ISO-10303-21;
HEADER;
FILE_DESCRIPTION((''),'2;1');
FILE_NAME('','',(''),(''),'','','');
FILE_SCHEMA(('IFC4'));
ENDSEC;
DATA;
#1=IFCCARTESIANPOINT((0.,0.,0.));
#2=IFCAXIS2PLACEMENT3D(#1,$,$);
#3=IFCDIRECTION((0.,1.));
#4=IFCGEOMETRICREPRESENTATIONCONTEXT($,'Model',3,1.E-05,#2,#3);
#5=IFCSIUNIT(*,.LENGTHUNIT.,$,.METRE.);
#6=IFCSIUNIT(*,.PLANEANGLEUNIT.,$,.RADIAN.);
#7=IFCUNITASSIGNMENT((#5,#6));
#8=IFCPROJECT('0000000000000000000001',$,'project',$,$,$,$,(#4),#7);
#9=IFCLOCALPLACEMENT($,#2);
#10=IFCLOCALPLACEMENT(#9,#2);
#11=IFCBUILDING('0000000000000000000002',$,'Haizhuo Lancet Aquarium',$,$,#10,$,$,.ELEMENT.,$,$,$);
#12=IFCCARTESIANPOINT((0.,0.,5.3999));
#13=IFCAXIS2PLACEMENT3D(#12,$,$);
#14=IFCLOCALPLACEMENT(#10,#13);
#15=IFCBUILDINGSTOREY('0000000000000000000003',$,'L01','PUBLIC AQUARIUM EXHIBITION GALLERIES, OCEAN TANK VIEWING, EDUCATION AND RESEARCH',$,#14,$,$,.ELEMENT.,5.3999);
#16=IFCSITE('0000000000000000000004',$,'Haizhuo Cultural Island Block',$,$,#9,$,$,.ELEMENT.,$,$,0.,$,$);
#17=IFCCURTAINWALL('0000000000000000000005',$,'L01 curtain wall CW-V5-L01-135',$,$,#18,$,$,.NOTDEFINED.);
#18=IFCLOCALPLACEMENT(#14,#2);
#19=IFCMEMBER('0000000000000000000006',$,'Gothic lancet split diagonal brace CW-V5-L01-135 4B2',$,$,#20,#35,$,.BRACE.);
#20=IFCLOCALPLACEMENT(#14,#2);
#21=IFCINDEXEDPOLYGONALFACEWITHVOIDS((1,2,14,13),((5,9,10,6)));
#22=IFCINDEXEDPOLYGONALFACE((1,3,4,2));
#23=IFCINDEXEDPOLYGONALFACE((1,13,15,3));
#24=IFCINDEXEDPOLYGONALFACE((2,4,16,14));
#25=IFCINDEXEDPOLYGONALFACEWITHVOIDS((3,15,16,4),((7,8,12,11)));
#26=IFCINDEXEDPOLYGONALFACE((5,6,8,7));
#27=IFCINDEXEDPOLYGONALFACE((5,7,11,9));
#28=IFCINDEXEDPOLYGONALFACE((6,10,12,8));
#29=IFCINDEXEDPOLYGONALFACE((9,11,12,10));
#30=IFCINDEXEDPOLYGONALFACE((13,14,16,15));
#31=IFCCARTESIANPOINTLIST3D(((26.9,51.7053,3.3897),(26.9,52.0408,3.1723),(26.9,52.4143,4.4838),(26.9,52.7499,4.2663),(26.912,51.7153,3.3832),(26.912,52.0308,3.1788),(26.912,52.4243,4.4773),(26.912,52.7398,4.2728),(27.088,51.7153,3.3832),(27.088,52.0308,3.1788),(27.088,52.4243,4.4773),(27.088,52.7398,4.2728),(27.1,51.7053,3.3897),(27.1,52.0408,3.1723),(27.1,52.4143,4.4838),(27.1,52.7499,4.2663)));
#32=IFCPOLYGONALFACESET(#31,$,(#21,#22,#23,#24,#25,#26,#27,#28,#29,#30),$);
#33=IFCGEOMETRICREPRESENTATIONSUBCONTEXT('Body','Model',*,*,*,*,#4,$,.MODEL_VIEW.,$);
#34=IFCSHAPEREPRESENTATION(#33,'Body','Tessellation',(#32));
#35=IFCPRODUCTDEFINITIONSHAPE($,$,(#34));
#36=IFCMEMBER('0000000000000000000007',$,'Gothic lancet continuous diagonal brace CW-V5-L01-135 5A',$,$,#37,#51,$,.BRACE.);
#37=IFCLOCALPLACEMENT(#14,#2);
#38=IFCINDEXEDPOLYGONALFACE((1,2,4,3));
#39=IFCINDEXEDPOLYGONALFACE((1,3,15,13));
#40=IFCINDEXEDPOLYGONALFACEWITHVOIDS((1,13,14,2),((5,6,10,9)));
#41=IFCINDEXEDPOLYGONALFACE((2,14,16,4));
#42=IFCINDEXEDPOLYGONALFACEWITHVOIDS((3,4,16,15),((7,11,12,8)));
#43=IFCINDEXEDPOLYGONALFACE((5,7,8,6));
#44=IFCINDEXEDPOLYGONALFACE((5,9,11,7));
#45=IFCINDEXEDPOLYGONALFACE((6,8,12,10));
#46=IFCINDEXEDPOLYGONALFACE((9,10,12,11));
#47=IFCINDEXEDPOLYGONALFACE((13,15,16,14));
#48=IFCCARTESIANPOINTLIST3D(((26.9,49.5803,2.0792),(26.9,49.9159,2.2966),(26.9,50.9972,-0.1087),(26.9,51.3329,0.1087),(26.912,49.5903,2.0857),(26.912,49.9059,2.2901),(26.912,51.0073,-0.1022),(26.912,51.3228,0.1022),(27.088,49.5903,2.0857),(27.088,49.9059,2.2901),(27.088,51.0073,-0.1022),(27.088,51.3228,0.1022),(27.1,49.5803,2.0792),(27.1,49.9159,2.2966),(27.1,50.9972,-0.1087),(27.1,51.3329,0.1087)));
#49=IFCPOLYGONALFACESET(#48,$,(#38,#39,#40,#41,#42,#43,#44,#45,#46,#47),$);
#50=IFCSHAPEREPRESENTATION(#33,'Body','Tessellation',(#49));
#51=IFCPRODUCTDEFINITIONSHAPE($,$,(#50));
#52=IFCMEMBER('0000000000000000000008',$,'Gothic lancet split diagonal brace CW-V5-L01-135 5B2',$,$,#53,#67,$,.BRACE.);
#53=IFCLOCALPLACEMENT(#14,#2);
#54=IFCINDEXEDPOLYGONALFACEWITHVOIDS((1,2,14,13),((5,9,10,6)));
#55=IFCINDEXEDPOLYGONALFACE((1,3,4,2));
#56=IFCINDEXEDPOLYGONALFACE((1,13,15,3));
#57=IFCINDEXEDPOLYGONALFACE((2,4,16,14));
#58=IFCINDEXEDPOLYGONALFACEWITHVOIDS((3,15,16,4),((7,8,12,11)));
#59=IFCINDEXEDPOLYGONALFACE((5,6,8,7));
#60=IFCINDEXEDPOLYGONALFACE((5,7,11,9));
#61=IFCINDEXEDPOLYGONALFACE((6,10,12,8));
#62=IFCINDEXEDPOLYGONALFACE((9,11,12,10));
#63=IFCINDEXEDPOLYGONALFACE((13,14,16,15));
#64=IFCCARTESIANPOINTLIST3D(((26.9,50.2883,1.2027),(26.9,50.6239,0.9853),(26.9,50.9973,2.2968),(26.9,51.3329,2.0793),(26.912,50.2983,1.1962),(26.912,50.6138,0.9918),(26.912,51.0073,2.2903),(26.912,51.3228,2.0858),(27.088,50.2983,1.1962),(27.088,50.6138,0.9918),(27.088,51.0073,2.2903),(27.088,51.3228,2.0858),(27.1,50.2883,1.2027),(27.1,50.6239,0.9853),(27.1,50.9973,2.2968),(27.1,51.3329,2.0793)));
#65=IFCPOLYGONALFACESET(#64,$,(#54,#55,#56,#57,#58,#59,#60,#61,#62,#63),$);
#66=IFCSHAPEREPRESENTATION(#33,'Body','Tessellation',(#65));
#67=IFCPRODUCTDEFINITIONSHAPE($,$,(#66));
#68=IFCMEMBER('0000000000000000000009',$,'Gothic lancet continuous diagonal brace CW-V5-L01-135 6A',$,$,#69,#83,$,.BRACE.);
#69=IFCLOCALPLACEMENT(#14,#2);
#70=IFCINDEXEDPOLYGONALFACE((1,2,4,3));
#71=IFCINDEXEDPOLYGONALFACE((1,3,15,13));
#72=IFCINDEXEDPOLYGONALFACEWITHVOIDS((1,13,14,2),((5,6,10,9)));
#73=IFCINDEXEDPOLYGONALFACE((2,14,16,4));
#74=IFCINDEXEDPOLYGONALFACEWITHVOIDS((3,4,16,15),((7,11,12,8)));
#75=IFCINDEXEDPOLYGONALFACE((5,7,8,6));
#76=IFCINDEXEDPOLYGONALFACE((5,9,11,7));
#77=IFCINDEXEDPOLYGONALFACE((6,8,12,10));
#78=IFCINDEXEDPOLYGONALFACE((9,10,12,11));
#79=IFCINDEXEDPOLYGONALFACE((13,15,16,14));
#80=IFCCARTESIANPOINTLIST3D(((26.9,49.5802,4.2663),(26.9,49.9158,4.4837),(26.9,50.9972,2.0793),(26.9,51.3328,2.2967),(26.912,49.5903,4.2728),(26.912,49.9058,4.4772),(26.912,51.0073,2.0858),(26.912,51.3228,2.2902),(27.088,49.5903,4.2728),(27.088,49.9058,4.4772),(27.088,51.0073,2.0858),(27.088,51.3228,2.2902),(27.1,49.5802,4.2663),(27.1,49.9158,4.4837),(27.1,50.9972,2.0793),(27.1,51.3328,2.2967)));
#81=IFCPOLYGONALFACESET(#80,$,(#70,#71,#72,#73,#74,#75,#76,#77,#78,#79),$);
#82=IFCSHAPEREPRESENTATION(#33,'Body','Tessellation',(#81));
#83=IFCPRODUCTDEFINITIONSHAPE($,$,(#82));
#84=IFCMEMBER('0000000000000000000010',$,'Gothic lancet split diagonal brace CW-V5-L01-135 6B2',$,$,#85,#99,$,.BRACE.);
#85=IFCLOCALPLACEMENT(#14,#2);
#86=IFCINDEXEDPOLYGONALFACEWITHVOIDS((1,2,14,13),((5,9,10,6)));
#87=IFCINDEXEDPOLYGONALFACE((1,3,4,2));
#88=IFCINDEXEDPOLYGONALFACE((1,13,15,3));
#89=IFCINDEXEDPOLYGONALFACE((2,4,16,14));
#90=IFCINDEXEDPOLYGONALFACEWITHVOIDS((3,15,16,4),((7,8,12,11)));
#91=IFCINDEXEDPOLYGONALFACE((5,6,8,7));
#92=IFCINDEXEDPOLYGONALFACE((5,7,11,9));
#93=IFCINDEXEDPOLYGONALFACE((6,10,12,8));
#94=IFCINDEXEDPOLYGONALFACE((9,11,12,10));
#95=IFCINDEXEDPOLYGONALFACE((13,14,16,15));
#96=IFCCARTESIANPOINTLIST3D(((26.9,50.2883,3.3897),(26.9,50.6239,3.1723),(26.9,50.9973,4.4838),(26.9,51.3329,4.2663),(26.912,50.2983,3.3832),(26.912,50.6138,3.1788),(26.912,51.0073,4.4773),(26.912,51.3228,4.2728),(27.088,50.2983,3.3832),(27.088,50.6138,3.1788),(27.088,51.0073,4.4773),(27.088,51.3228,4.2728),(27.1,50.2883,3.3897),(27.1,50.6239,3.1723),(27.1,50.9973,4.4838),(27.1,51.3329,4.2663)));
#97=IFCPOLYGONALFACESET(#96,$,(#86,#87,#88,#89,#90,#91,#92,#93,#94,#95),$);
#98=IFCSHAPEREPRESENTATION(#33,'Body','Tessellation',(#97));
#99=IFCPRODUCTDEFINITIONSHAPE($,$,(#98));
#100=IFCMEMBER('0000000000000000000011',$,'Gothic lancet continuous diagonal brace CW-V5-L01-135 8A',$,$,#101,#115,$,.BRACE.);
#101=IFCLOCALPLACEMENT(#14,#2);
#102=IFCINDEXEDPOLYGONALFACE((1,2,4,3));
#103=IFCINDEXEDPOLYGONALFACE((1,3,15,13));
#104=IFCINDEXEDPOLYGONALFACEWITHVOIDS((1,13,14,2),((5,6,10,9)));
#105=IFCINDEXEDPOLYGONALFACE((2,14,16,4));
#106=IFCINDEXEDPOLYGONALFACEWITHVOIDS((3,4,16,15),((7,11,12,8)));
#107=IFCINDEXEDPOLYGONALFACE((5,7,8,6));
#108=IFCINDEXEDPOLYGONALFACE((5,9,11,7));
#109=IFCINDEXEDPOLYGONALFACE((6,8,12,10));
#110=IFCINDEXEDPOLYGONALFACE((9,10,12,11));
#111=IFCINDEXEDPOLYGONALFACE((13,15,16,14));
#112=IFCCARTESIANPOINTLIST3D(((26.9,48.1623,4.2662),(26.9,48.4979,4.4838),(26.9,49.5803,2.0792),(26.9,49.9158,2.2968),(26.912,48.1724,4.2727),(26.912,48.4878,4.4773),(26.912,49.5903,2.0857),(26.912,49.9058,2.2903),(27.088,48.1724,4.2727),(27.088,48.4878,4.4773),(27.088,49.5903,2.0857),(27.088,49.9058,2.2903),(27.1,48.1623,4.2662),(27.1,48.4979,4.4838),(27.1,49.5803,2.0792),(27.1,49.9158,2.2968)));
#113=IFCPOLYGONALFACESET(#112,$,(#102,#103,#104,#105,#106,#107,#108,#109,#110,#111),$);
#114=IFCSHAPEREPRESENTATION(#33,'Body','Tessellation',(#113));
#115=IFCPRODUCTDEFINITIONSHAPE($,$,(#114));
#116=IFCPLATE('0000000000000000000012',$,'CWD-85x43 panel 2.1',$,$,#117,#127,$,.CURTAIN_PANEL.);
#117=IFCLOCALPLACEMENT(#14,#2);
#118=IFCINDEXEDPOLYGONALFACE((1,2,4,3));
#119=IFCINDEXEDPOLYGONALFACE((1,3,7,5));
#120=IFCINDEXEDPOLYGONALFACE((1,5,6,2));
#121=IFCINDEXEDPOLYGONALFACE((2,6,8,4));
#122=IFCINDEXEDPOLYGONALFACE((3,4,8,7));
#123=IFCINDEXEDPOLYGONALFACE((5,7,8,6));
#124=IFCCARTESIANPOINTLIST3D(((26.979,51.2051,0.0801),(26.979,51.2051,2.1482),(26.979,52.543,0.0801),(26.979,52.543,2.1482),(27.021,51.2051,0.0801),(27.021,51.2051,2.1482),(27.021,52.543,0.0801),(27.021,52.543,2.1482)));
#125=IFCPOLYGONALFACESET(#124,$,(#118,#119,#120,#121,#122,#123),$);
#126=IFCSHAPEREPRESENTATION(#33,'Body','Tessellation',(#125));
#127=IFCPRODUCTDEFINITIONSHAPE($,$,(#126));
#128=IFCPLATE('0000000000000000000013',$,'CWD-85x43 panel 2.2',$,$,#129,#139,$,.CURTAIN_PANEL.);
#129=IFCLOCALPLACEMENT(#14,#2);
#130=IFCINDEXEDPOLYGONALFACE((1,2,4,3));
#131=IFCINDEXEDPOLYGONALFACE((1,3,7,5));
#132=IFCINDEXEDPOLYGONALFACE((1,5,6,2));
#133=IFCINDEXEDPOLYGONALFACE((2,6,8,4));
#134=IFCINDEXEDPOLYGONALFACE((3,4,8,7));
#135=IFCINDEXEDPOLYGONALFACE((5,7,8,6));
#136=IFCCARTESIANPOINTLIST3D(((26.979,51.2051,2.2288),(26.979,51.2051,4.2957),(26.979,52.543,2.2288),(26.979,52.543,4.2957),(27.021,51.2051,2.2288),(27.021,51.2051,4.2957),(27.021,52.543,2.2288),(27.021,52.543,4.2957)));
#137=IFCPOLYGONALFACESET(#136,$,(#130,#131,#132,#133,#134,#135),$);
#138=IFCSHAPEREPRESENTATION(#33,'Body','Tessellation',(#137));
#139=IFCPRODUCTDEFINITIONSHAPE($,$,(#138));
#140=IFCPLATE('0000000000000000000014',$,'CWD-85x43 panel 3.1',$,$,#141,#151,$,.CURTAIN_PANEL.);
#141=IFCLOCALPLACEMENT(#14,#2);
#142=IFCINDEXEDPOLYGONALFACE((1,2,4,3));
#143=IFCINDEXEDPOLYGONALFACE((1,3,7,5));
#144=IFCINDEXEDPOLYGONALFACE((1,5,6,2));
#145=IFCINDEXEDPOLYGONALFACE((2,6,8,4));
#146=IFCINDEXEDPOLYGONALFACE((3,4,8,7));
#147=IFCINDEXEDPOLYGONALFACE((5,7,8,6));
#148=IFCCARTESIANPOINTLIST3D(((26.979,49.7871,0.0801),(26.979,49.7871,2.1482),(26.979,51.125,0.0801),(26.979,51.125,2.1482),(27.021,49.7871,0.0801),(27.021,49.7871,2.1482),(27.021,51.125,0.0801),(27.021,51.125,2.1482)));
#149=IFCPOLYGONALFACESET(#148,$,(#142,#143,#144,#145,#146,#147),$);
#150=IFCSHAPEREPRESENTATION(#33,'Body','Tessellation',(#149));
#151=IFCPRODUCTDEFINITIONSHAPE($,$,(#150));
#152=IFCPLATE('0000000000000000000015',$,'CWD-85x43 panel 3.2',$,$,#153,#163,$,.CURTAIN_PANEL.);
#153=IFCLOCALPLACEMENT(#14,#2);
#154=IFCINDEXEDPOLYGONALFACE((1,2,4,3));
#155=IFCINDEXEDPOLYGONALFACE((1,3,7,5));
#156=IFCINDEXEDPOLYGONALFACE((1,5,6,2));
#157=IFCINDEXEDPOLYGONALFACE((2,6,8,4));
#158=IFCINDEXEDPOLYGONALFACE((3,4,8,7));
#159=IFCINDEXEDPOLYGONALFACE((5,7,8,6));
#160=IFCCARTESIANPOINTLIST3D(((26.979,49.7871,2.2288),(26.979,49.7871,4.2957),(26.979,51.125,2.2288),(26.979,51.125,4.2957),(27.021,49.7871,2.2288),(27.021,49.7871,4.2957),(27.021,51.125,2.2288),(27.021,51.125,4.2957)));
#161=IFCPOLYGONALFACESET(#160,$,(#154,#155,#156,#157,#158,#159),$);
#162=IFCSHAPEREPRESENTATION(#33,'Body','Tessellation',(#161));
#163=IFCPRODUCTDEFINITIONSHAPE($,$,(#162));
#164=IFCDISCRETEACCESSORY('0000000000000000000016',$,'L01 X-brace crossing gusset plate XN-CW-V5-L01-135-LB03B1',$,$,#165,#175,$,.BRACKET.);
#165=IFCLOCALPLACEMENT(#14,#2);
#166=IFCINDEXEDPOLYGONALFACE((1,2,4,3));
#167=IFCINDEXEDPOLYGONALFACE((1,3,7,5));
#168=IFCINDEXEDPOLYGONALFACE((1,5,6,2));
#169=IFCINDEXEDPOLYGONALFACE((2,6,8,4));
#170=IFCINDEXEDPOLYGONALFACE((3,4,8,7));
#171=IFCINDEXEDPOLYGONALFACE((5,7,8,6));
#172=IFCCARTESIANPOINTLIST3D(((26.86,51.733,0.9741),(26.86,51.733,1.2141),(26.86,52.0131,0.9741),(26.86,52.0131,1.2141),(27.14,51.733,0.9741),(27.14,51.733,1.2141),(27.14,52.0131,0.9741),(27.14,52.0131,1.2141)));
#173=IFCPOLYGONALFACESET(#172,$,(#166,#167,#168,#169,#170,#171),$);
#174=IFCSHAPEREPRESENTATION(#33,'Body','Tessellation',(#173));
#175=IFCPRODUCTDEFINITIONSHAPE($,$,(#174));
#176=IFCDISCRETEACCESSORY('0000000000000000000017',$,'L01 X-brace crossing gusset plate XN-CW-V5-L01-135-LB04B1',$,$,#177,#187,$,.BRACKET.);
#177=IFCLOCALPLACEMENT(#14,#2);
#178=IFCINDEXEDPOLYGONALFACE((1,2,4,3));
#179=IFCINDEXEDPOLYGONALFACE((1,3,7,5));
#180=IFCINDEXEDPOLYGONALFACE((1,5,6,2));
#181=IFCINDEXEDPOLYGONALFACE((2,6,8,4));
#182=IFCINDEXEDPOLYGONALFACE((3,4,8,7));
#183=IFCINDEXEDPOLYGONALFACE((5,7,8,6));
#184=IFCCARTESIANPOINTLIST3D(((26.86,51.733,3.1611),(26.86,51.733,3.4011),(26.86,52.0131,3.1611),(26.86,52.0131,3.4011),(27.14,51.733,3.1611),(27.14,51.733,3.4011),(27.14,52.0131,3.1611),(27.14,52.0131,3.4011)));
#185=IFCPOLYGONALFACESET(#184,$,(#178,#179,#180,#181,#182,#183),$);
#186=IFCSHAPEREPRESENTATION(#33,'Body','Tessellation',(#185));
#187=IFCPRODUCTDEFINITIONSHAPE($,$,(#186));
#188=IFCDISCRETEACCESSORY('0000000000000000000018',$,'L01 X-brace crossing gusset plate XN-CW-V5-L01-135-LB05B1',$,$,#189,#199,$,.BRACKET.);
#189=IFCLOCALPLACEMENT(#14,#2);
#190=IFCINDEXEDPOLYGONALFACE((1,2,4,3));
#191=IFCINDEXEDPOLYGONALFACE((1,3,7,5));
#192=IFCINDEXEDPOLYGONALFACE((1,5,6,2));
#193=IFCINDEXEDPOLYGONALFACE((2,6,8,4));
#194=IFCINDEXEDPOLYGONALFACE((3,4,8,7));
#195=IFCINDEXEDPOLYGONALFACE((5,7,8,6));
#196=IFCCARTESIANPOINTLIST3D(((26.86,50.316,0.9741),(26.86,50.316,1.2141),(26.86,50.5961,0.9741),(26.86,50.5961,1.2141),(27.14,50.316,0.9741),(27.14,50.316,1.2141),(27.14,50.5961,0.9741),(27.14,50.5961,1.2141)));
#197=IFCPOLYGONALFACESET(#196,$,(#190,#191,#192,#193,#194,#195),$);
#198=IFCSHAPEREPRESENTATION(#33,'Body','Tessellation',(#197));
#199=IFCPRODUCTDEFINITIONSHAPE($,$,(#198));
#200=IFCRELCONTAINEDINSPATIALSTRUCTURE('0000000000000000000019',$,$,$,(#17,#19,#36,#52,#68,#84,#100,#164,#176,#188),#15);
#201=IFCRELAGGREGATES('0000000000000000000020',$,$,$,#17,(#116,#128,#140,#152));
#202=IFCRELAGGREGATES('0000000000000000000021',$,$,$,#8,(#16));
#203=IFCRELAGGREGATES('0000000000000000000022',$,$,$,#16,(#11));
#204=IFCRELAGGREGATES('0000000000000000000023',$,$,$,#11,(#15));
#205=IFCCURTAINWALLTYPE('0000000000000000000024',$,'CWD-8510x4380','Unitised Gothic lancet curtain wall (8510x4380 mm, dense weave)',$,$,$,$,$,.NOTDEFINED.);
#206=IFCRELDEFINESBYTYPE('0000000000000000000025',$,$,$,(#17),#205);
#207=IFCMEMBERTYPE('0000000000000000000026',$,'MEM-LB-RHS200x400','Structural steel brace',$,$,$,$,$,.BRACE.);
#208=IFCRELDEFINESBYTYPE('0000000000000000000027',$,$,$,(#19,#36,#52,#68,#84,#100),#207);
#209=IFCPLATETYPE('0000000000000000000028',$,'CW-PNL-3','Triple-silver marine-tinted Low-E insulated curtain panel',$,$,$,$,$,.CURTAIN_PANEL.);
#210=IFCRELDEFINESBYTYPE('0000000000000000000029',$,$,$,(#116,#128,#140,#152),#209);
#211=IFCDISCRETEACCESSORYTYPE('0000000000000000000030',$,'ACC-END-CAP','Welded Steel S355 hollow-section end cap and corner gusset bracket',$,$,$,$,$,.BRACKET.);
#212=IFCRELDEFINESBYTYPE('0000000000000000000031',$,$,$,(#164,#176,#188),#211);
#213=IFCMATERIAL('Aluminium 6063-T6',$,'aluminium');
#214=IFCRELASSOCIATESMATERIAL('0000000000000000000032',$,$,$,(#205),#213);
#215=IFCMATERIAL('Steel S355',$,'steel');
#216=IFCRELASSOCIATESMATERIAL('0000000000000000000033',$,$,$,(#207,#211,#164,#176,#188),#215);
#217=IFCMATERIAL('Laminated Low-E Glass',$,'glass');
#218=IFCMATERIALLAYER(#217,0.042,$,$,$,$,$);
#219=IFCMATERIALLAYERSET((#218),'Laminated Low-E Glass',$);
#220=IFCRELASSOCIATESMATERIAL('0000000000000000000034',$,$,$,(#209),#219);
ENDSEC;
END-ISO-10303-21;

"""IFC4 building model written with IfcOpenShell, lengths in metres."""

from ifc_helpers import new_model, si_unit, direction, frame, origin, origin_2d, place, context, subcontext, project, spatial, rectangle, hollow_rectangle, extrude, material, layer, layer_set, material_profile, profile_set, type_object, element, aggregate, save


model = new_model("IFC4")

# Units and contexts
model_context = context("Model", 3, precision=1e-05, world=origin(), true_north=direction((0.0, 1.0)))
body_context = subcontext(model_context, "Body", "Model", "MODEL_VIEW")
ifc_project = project(units=[si_unit("LENGTHUNIT", "METRE"), si_unit("PLANEANGLEUNIT", "RADIAN")], contexts=[model_context])

# Site, building, storey
site_placement = place(None, origin())
site = spatial("IfcSite", under=ifc_project, at=site_placement, Name="Haizhuo Cultural Island Block", CompositionType="ELEMENT", RefElevation=0.0)
building_placement = place(site_placement, origin())
building = spatial("IfcBuilding", under=site, at=building_placement, Name="Haizhuo Lancet Aquarium", CompositionType="ELEMENT")
storey_placement = place(building_placement, frame((0.0, 0.0, 5.3999)))
storey = spatial("IfcBuildingStorey", under=building, at=storey_placement, Name="L01", Description="PUBLIC AQUARIUM EXHIBITION GALLERIES, OCEAN TANK VIEWING, EDUCATION AND RESEARCH", CompositionType="ELEMENT", Elevation=5.3999)

# Curtain wall
ifc_material_1 = material(Name="Aluminium 6063-T6", Category="aluminium")
curtain_wall_type = type_object("IfcCurtainWallType", Name="CWD-8510x4380", Description="Unitised Gothic lancet curtain wall (8510x4380 mm, dense weave)", PredefinedType="NOTDEFINED", material=ifc_material_1)
curtain_wall_placement = place(storey_placement, origin())
curtain_wall = element("IfcCurtainWall", 1, at=curtain_wall_placement, inside=storey, type_object=curtain_wall_type, Name="L01 curtain wall CW-V5-L01-135", PredefinedType="NOTDEFINED")

# Members
ifc_material_2 = material(Name="Steel S355", Category="steel")
ifc_material_profile_1 = material_profile(ifc_material_2, hollow_rectangle(XDim=0.2, YDim=0.3999, WallThickness=0.012, at=origin_2d()), Name="RHS 200x400x12")
ifc_profile_set_1 = profile_set([ifc_material_profile_1], Name="Steel S355")
member_type_1 = type_object("IfcMemberType", Name="MEM-LB-RHS200x400", Description="Structural steel brace", PredefinedType="BRACE", material=ifc_profile_set_1)
member_1_placement = place(storey_placement, frame((27.0, 51.873, 3.281), z_axis=(0.0, 0.543849, 0.839183), x_axis=(-1.0, 0.0, 0.0)))
element("IfcMember", 2, at=member_1_placement, inside=storey, type_object=member_type_1, Name="Gothic lancet split diagonal brace CW-V5-L01-135 4B2", PredefinedType="BRACE", context=body_context, shape_type="SweptSolid", body=[
    extrude(hollow_rectangle(XDim=0.2, YDim=0.3999, WallThickness=0.012, at=origin_2d()), origin(), (0.0, 0.0, 1.0), 1.3037),
])
member_2_placement = place(storey_placement, frame((27.0, 51.165, 0.0), z_axis=(0.0, -0.543585, 0.839354), x_axis=(1.0, 0.0, 0.0)))
element("IfcMember", 3, at=member_2_placement, inside=storey, type_object=member_type_1, Name="Gothic lancet continuous diagonal brace CW-V5-L01-135 5A", PredefinedType="BRACE", context=body_context, shape_type="SweptSolid", body=[
    extrude(hollow_rectangle(XDim=0.2, YDim=0.3999, WallThickness=0.012, at=origin_2d()), origin(), (0.0, 0.0, 1.0), 2.6067),
])
member_3_placement = place(storey_placement, frame((27.0, 50.4561, 1.094), z_axis=(0.0, 0.543849, 0.839183), x_axis=(-1.0, 0.0, 0.0)))
element("IfcMember", 4, at=member_3_placement, inside=storey, type_object=member_type_1, Name="Gothic lancet split diagonal brace CW-V5-L01-135 5B2", PredefinedType="BRACE", context=body_context, shape_type="SweptSolid", body=[
    extrude(hollow_rectangle(XDim=0.2, YDim=0.3999, WallThickness=0.012, at=origin_2d()), origin(), (0.0, 0.0, 1.0), 1.3037),
])
member_4_placement = place(storey_placement, frame((27.0, 51.165, 2.188), z_axis=(0.0, -0.543756, 0.839243), x_axis=(1.0, 0.0, 0.0)))
element("IfcMember", 5, at=member_4_placement, inside=storey, type_object=member_type_1, Name="Gothic lancet continuous diagonal brace CW-V5-L01-135 6A", PredefinedType="BRACE", context=body_context, shape_type="SweptSolid", body=[
    extrude(hollow_rectangle(XDim=0.2, YDim=0.3999, WallThickness=0.012, at=origin_2d()), origin(), (0.0, 0.0, 1.0), 2.606),
])
member_5_placement = place(storey_placement, frame((27.0, 50.4561, 3.281), z_axis=(0.0, 0.543849, 0.839183), x_axis=(-1.0, 0.0, 0.0)))
element("IfcMember", 6, at=member_5_placement, inside=storey, type_object=member_type_1, Name="Gothic lancet split diagonal brace CW-V5-L01-135 6B2", PredefinedType="BRACE", context=body_context, shape_type="SweptSolid", body=[
    extrude(hollow_rectangle(XDim=0.2, YDim=0.3999, WallThickness=0.012, at=origin_2d()), origin(), (0.0, 0.0, 1.0), 1.3037),
])
member_6_placement = place(storey_placement, frame((27.0, 49.748, 2.188), z_axis=(0.0, -0.54402, 0.839072), x_axis=(1.0, 0.0, 0.0)))
element("IfcMember", 7, at=member_6_placement, inside=storey, type_object=member_type_1, Name="Gothic lancet continuous diagonal brace CW-V5-L01-135 8A", PredefinedType="BRACE", context=body_context, shape_type="SweptSolid", body=[
    extrude(hollow_rectangle(XDim=0.2, YDim=0.3999, WallThickness=0.012, at=origin_2d()), origin(), (0.0, 0.0, 1.0), 2.6064),
])

# Plates
ifc_material_3 = material(Name="Laminated Low-E Glass", Category="glass")
ifc_layer = layer(ifc_material_3, 0.042)
ifc_layer_set = layer_set([ifc_layer], Name="Laminated Low-E Glass")
plate_type = type_object("IfcPlateType", Name="CW-PNL-3", Description="Triple-silver marine-tinted Low-E insulated curtain panel", PredefinedType="CURTAIN_PANEL", material=ifc_layer_set)
plate_1_placement = place(storey_placement, frame((27.0, 51.874, 0.0801), z_axis=(0.0, 0.0, 1.0), x_axis=(0.0, -1.0, 0.0)))
plate_1 = element("IfcPlate", 8, at=plate_1_placement, type_object=plate_type, Name="CWD-85x43 panel 2.1", PredefinedType="CURTAIN_PANEL", context=body_context, shape_type="SweptSolid", body=[
    extrude(rectangle(XDim=1.3379, YDim=0.042, at=origin_2d()), origin(), (0.0, 0.0, 1.0), 2.0681),
])
plate_2_placement = place(storey_placement, frame((27.0, 51.874, 2.2288), z_axis=(0.0, 0.0, 1.0), x_axis=(0.0, -1.0, 0.0)))
plate_2 = element("IfcPlate", 9, at=plate_2_placement, type_object=plate_type, Name="CWD-85x43 panel 2.2", PredefinedType="CURTAIN_PANEL", context=body_context, shape_type="SweptSolid", body=[
    extrude(rectangle(XDim=1.3379, YDim=0.042, at=origin_2d()), origin(), (0.0, 0.0, 1.0), 2.0669),
])
plate_3_placement = place(storey_placement, frame((27.0, 50.4561, 0.0801), z_axis=(0.0, 0.0, 1.0), x_axis=(0.0, -1.0, 0.0)))
plate_3 = element("IfcPlate", 10, at=plate_3_placement, type_object=plate_type, Name="CWD-85x43 panel 3.1", PredefinedType="CURTAIN_PANEL", context=body_context, shape_type="SweptSolid", body=[
    extrude(rectangle(XDim=1.3379, YDim=0.042, at=origin_2d()), origin(), (0.0, 0.0, 1.0), 2.0681),
])
plate_4_placement = place(storey_placement, frame((27.0, 50.4561, 2.2288), z_axis=(0.0, 0.0, 1.0), x_axis=(0.0, -1.0, 0.0)))
plate_4 = element("IfcPlate", 11, at=plate_4_placement, type_object=plate_type, Name="CWD-85x43 panel 3.2", PredefinedType="CURTAIN_PANEL", context=body_context, shape_type="SweptSolid", body=[
    extrude(rectangle(XDim=1.3379, YDim=0.042, at=origin_2d()), origin(), (0.0, 0.0, 1.0), 2.0669),
])
aggregate(curtain_wall, [plate_1, plate_2, plate_3, plate_4])

# Discrete accessories
discrete_accessory_type = type_object("IfcDiscreteAccessoryType", Name="ACC-END-CAP", Description="Welded Steel S355 hollow-section end cap and corner gusset bracket", PredefinedType="BRACKET", material=ifc_material_2)
for number, where, z_axis, x_axis, name in (
    (12, (27.0, 51.873, 0.9741), (0.0, 0.0, 1.0), (1.0, 0.0, 0.0), "L01 X-brace crossing gusset plate XN-CW-V5-L01-135-LB03B1"),
    (13, (27.0, 51.873, 3.1611), (0.0, 0.0, 1.0), (1.0, 0.0, 0.0), "L01 X-brace crossing gusset plate XN-CW-V5-L01-135-LB04B1"),
    (14, (27.0, 50.4561, 0.9741), (0.0, 0.0, 1.0), (1.0, 0.0, 0.0), "L01 X-brace crossing gusset plate XN-CW-V5-L01-135-LB05B1"),
):
    element("IfcDiscreteAccessory", number, at=place(storey_placement, frame(where, z_axis=z_axis, x_axis=x_axis)), inside=storey, type_object=discrete_accessory_type, material=ifc_material_2, Name=name, PredefinedType="BRACKET", context=body_context, shape_type="SweptSolid", body=[
        extrude(rectangle(XDim=0.28, YDim=0.28, at=origin_2d()), origin(), (0.0, 0.0, 1.0), 0.24),
    ])

save(model, "model.ifc")
